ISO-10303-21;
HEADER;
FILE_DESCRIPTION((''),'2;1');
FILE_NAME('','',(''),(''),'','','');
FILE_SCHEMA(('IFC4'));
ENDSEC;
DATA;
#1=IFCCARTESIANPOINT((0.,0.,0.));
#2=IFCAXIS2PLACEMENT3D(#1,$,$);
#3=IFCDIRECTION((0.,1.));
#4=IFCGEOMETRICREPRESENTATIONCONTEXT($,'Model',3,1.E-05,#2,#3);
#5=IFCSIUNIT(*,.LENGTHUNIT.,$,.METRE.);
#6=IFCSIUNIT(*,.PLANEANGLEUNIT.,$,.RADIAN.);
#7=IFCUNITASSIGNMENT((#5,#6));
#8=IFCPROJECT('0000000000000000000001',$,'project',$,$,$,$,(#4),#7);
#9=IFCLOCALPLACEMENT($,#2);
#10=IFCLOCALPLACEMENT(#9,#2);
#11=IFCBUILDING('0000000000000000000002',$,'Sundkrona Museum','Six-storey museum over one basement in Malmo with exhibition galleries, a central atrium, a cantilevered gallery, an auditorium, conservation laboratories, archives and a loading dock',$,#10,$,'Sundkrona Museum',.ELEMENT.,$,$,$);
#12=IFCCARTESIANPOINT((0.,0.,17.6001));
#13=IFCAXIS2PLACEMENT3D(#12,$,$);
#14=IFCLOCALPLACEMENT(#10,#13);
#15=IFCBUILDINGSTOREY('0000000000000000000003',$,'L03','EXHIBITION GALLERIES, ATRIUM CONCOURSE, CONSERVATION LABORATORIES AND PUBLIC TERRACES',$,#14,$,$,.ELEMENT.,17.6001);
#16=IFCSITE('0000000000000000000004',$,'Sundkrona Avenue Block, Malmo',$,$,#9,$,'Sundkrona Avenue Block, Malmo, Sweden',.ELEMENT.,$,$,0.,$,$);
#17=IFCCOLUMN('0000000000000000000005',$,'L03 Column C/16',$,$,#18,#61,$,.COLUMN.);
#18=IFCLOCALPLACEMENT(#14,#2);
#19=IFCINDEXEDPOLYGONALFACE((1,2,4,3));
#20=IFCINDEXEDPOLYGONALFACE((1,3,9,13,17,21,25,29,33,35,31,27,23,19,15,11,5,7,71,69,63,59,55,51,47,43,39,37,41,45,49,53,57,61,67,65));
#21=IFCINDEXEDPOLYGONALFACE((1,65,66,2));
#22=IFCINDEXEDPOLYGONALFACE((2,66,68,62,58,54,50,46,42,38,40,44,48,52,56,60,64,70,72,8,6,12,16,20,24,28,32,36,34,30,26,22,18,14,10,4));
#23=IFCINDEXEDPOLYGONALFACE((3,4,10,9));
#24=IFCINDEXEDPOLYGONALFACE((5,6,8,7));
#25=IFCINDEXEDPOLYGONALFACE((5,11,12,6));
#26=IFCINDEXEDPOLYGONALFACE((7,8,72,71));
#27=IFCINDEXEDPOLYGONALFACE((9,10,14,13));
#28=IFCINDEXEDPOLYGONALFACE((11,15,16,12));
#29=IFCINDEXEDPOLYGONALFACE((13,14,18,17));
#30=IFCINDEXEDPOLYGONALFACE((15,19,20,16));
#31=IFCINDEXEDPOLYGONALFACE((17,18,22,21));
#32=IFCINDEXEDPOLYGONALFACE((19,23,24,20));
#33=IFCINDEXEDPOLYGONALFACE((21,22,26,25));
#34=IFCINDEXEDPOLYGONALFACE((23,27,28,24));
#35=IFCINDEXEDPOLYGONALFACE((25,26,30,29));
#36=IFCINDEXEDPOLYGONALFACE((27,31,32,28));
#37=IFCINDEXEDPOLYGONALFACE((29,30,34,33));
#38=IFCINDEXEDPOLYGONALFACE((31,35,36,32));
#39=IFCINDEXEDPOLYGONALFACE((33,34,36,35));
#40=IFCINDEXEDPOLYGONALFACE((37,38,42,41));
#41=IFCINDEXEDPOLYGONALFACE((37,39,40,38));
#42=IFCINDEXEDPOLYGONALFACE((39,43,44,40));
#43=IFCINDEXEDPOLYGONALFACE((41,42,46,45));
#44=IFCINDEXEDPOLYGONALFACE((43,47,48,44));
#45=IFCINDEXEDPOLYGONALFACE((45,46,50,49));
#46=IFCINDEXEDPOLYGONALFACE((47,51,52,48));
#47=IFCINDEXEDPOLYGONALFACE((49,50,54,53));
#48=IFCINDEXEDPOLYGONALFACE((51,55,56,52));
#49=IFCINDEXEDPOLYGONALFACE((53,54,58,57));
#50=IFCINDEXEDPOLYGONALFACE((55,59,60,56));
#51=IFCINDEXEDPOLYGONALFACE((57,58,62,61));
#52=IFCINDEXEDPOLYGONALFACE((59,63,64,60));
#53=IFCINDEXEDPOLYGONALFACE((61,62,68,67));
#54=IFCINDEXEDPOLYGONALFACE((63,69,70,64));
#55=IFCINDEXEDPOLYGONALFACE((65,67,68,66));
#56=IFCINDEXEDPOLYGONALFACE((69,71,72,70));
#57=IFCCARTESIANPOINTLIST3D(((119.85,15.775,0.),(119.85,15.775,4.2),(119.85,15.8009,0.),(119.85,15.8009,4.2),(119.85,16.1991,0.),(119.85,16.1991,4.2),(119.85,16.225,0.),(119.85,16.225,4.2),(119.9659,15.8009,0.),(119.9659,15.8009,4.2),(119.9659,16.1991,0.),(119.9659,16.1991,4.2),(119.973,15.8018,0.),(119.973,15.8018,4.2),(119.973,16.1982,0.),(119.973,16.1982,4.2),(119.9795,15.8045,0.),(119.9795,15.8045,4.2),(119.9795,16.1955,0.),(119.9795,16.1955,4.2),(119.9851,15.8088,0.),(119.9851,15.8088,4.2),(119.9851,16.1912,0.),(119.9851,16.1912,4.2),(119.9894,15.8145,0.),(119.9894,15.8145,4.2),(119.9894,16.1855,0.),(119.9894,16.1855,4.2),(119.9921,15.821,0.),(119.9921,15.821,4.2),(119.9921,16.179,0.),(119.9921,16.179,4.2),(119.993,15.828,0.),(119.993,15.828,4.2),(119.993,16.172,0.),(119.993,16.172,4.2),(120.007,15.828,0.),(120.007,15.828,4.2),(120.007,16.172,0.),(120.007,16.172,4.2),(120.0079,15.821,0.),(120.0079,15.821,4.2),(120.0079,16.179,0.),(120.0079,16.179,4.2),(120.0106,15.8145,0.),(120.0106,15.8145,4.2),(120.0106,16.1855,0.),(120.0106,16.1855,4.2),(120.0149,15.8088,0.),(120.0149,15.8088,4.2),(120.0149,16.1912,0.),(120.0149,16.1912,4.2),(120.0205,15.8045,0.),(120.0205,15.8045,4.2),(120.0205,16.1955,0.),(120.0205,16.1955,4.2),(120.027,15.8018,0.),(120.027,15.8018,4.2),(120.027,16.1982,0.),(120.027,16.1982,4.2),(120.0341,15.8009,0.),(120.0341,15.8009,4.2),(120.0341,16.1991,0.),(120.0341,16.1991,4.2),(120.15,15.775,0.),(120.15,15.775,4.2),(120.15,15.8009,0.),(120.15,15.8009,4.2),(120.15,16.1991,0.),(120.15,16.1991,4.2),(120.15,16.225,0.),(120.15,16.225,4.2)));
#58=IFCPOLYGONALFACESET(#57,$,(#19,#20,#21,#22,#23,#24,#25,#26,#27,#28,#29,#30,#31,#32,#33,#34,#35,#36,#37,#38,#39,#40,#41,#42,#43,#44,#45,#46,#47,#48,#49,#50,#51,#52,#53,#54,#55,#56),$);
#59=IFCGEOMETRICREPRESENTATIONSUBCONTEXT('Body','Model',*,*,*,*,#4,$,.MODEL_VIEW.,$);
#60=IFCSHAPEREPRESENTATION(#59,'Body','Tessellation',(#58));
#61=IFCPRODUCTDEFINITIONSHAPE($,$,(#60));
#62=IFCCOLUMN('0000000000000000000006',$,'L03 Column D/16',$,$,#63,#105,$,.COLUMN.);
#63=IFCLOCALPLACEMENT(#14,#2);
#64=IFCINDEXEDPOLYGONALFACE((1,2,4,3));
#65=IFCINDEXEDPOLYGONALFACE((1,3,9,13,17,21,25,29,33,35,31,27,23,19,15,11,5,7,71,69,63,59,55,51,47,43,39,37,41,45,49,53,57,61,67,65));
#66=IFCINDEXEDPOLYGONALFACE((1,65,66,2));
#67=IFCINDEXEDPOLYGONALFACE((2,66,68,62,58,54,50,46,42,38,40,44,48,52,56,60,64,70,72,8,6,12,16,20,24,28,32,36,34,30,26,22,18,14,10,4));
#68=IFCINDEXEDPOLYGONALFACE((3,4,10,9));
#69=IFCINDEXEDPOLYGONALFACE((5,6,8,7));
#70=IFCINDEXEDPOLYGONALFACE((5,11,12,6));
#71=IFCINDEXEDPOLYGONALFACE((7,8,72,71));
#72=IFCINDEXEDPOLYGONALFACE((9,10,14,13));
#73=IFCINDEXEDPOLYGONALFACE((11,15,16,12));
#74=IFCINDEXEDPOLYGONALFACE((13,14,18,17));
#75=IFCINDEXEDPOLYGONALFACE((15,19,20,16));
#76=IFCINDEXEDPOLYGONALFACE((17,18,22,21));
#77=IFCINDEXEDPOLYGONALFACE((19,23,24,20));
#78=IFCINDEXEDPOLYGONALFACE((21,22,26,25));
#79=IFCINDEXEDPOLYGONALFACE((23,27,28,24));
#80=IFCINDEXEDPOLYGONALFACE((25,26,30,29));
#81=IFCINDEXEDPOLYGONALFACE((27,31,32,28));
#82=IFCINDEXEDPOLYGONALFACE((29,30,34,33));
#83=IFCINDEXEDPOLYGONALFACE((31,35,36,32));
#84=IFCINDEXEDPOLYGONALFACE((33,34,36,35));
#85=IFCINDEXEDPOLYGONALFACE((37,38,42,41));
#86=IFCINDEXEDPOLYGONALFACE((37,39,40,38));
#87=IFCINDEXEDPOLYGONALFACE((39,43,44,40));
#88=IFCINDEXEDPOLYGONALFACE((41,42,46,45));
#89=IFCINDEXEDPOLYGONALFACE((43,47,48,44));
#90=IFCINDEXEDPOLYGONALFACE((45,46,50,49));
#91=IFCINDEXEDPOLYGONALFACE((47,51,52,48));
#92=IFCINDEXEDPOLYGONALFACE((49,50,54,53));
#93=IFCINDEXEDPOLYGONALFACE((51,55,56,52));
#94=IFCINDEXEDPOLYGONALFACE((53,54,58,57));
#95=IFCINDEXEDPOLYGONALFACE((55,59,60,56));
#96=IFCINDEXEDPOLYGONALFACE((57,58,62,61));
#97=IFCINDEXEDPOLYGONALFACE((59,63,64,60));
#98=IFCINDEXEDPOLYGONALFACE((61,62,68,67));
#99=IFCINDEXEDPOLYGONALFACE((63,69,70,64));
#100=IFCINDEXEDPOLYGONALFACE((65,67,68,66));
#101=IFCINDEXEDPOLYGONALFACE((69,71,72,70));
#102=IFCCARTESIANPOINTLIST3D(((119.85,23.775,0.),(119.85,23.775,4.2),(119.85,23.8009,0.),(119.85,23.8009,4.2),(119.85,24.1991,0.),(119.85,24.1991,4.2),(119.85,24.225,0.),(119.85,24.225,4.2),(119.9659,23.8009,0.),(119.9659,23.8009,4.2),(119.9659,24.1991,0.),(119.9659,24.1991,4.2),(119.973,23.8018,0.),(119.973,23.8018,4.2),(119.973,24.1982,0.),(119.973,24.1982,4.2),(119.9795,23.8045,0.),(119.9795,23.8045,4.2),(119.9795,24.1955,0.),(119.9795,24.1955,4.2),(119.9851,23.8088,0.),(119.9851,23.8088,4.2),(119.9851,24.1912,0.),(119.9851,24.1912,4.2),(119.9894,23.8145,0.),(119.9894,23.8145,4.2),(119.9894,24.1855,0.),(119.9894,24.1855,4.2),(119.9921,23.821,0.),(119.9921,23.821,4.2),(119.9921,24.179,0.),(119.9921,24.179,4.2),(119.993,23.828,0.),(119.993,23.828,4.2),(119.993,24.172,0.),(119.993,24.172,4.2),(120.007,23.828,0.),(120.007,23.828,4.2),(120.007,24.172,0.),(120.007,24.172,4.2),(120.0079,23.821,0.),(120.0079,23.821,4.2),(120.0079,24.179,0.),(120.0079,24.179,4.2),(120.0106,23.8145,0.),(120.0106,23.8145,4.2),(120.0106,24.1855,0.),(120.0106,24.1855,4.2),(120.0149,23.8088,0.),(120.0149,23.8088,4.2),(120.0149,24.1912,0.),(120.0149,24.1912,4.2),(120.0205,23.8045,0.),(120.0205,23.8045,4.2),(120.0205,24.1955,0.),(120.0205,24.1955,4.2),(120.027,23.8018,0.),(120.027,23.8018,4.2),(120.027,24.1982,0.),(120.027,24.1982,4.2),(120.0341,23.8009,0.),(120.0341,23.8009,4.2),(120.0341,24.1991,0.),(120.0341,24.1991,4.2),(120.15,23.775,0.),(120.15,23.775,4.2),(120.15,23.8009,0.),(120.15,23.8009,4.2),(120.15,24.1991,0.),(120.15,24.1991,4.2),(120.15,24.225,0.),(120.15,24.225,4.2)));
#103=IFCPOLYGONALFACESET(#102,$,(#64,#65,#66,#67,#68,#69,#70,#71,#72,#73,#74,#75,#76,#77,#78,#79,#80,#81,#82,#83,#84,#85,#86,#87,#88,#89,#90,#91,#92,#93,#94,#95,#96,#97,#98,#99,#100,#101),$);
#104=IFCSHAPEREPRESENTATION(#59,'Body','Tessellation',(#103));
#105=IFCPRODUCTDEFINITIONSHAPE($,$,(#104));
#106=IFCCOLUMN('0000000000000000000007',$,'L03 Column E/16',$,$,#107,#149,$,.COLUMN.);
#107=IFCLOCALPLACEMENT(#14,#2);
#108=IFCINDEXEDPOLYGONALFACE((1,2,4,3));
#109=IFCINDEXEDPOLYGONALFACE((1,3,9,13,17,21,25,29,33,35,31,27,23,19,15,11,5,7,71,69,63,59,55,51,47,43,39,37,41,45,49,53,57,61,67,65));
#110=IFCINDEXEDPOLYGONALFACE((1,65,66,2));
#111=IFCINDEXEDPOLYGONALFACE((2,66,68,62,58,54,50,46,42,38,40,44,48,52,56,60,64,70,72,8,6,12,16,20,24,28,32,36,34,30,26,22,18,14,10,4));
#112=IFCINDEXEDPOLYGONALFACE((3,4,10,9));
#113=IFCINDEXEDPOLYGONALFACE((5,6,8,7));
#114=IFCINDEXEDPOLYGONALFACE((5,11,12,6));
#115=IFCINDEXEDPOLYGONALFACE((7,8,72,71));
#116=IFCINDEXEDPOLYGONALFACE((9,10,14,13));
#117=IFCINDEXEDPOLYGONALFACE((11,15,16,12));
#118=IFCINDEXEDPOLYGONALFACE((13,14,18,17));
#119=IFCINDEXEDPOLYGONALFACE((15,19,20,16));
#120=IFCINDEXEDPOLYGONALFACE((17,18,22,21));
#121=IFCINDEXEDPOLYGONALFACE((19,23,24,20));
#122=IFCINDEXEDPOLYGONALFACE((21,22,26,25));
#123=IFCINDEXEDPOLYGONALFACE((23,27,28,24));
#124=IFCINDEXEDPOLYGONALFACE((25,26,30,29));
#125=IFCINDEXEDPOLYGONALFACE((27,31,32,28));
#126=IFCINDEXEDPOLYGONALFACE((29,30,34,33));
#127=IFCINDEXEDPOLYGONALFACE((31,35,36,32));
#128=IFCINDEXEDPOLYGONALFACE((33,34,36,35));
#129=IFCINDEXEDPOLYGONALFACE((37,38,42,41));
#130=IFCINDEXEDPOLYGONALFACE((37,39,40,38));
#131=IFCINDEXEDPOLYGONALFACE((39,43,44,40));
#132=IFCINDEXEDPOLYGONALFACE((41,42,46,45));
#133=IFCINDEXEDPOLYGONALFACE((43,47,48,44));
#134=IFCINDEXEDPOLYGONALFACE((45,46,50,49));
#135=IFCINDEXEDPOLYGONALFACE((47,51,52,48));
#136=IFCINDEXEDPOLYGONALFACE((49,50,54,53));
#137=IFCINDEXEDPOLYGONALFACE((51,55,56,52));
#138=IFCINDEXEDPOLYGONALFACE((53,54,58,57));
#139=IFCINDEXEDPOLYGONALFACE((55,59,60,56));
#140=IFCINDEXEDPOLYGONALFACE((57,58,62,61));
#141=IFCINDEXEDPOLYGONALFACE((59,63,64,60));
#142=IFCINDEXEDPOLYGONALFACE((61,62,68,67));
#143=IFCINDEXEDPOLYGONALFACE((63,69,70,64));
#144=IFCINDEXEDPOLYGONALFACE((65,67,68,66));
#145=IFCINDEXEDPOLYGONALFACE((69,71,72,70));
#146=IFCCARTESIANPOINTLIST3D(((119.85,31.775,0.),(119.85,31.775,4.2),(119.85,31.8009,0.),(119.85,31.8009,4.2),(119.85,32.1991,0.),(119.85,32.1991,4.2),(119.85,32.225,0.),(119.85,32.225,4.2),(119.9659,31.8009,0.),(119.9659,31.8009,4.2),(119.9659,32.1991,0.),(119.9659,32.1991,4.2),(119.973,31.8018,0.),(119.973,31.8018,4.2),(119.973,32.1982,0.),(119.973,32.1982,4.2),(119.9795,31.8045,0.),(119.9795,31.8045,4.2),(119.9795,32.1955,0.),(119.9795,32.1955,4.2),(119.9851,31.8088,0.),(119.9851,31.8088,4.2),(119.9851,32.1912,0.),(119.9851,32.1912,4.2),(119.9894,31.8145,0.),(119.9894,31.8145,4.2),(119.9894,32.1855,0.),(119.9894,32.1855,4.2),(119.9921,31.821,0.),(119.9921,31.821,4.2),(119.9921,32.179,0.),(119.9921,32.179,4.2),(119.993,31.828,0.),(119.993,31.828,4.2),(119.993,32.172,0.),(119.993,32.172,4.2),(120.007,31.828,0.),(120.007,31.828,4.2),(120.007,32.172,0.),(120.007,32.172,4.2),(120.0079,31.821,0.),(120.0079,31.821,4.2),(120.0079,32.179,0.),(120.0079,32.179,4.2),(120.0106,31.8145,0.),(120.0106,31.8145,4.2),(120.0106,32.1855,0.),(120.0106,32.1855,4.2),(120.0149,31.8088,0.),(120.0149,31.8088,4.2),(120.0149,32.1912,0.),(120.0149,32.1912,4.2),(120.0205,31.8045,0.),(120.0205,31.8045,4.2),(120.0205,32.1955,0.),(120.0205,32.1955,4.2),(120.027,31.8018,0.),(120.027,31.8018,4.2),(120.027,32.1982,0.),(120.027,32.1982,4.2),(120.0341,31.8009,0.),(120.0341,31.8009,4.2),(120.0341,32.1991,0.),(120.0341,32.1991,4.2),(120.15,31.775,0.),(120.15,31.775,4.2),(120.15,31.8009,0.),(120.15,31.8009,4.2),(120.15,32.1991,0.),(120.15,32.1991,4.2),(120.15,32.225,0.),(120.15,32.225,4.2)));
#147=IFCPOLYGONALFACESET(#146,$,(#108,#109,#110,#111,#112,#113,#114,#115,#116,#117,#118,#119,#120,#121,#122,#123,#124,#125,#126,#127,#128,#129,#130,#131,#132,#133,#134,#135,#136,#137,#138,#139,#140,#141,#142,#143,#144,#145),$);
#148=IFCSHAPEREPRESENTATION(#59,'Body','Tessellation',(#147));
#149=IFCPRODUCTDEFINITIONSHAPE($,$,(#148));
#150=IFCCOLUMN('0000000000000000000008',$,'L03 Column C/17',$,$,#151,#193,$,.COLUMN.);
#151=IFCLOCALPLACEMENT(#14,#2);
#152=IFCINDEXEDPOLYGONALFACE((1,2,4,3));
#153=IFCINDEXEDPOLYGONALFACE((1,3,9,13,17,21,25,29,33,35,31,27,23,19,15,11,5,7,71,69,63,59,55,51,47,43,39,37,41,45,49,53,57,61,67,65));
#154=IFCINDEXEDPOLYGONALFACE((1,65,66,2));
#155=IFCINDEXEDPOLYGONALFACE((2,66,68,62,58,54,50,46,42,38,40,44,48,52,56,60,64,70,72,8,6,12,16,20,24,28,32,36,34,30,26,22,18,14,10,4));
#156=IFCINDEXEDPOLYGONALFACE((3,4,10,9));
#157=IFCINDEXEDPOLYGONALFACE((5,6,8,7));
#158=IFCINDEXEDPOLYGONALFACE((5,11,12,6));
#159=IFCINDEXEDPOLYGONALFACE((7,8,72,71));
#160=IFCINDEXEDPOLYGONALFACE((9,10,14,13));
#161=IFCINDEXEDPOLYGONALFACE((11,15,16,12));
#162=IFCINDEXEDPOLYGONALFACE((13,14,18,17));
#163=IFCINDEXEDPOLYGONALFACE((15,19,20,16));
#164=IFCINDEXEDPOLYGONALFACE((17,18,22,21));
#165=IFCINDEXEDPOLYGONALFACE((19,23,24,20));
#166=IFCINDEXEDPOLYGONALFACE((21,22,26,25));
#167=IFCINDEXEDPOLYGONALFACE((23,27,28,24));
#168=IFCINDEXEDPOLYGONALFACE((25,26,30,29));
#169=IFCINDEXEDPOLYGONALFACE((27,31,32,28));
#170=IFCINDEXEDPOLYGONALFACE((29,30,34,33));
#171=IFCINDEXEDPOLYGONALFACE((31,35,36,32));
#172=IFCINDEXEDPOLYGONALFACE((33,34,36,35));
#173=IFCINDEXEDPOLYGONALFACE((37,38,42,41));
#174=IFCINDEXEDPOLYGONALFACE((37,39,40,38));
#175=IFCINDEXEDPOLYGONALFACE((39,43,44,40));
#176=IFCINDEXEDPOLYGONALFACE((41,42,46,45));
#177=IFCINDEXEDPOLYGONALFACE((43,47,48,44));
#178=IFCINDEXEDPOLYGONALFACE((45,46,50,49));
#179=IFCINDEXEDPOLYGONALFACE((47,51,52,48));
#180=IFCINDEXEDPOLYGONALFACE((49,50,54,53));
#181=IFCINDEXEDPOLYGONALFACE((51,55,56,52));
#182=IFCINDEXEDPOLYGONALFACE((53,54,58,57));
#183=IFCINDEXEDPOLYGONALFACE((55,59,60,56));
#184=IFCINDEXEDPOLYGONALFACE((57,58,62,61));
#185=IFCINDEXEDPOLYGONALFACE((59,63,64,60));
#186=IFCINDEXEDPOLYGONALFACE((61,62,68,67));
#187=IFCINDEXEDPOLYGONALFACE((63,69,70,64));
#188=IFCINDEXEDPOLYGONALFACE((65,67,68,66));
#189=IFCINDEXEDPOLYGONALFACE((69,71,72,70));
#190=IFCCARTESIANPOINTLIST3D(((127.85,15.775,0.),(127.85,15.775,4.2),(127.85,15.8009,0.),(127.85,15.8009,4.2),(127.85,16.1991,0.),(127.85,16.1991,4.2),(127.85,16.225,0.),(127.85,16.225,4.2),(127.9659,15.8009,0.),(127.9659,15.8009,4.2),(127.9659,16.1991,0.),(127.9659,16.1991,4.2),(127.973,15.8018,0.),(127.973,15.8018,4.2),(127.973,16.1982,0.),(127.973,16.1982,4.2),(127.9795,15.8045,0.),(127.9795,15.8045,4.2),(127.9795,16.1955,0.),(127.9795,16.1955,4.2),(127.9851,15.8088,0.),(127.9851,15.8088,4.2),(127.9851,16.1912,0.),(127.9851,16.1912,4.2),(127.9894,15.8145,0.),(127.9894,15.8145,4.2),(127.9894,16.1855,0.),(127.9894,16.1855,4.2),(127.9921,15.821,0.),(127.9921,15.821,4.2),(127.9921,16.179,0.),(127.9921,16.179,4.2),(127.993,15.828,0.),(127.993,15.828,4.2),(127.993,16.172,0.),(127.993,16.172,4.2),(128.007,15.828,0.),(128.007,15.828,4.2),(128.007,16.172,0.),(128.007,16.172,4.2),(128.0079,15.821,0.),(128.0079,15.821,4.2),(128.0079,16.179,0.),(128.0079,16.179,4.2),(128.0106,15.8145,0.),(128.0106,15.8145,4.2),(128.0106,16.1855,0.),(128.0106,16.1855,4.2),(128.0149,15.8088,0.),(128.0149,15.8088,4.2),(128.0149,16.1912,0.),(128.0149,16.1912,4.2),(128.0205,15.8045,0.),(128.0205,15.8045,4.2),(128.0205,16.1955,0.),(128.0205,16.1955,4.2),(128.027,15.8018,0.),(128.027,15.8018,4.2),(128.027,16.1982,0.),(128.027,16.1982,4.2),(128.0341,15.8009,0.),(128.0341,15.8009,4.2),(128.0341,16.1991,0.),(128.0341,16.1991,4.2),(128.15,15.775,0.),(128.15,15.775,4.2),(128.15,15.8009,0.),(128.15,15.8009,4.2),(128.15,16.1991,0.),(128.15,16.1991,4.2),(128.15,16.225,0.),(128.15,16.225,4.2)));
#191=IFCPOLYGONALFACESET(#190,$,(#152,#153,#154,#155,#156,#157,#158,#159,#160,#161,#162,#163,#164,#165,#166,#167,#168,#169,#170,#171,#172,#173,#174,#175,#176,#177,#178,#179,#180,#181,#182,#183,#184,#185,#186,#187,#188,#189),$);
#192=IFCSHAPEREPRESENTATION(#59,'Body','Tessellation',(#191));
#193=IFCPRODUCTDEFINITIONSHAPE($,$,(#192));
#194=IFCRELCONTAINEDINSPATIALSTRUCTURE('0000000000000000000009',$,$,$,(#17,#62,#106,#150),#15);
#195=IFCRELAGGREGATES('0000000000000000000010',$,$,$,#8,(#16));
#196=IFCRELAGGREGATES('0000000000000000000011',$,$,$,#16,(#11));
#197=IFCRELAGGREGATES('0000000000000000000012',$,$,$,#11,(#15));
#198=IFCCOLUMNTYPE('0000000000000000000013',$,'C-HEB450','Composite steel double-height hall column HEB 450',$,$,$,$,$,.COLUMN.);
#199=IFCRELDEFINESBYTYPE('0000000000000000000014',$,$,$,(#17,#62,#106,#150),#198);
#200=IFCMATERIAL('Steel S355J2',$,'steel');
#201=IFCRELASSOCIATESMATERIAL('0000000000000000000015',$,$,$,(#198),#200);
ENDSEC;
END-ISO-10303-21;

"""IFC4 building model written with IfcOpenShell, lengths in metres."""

from ifc_helpers import new_model, si_unit, direction, frame, origin, origin_2d, place, context, subcontext, project, spatial, i_section, extrude, material, material_profile, profile_set, type_object, element, save


model = new_model("IFC4")

# Units and contexts
model_context = context("Model", 3, precision=1e-05, world=origin(), true_north=direction((0.0, 1.0)))
body_context = subcontext(model_context, "Body", "Model", "MODEL_VIEW")
ifc_project = project(units=[si_unit("LENGTHUNIT", "METRE"), si_unit("PLANEANGLEUNIT", "RADIAN")], contexts=[model_context])

# Site, building, storey
site_placement = place(None, origin())
site = spatial("IfcSite", under=ifc_project, at=site_placement, Name="Sundkrona Avenue Block, Malmo", LongName="Sundkrona Avenue Block, Malmo, Sweden", CompositionType="ELEMENT", RefElevation=0.0)
building_placement = place(site_placement, origin())
building = spatial("IfcBuilding", under=site, at=building_placement, Name="Sundkrona Museum", Description="Six-storey museum over one basement in Malmo with exhibition galleries, a central atrium, a cantilevered gallery, an auditorium, conservation laboratories, archives and a loading dock", LongName="Sundkrona Museum", CompositionType="ELEMENT")
storey_placement = place(building_placement, frame((0.0, 0.0, 17.6001)))
storey = spatial("IfcBuildingStorey", under=building, at=storey_placement, Name="L03", Description="EXHIBITION GALLERIES, ATRIUM CONCOURSE, CONSERVATION LABORATORIES AND PUBLIC TERRACES", CompositionType="ELEMENT", Elevation=17.6001)

# Columns
ifc_material_1 = material(Name="Steel S355J2", Category="steel")
ifc_material_profile_1 = material_profile(ifc_material_1, i_section(OverallWidth=0.3, OverallDepth=0.45, WebThickness=0.0139, FlangeThickness=0.0259, FilletRadius=0.0271, at=origin_2d()), Name="HEB 450")
ifc_profile_set_1 = profile_set([ifc_material_profile_1], Name="Steel S355J2")
column_type = type_object("IfcColumnType", Name="C-HEB450", Description="Composite steel double-height hall column HEB 450", PredefinedType="COLUMN", material=ifc_profile_set_1)
for number, where, z_axis, x_axis, name in (
    (1, (120.0, 16.0, 0.0), (0.0, 0.0, 1.0), (1.0, 0.0, 0.0), "L03 Column C/16"),
    (2, (120.0, 24.0, 0.0), (0.0, 0.0, 1.0), (1.0, 0.0, 0.0), "L03 Column D/16"),
    (3, (120.0, 32.0, 0.0), (0.0, 0.0, 1.0), (1.0, 0.0, 0.0), "L03 Column E/16"),
    (4, (128.0, 16.0, 0.0), (0.0, 0.0, 1.0), (1.0, 0.0, 0.0), "L03 Column C/17"),
):
    element("IfcColumn", number, at=place(storey_placement, frame(where, z_axis=z_axis, x_axis=x_axis)), inside=storey, type_object=column_type, Name=name, PredefinedType="COLUMN", context=body_context, shape_type="SweptSolid", body=[
        extrude(i_section(OverallWidth=0.3, OverallDepth=0.45, WebThickness=0.0139, FlangeThickness=0.0259, FilletRadius=0.0271, at=origin_2d()), origin(), (0.0, 0.0, 1.0), 4.2),
    ])

save(model, "model.ifc")
